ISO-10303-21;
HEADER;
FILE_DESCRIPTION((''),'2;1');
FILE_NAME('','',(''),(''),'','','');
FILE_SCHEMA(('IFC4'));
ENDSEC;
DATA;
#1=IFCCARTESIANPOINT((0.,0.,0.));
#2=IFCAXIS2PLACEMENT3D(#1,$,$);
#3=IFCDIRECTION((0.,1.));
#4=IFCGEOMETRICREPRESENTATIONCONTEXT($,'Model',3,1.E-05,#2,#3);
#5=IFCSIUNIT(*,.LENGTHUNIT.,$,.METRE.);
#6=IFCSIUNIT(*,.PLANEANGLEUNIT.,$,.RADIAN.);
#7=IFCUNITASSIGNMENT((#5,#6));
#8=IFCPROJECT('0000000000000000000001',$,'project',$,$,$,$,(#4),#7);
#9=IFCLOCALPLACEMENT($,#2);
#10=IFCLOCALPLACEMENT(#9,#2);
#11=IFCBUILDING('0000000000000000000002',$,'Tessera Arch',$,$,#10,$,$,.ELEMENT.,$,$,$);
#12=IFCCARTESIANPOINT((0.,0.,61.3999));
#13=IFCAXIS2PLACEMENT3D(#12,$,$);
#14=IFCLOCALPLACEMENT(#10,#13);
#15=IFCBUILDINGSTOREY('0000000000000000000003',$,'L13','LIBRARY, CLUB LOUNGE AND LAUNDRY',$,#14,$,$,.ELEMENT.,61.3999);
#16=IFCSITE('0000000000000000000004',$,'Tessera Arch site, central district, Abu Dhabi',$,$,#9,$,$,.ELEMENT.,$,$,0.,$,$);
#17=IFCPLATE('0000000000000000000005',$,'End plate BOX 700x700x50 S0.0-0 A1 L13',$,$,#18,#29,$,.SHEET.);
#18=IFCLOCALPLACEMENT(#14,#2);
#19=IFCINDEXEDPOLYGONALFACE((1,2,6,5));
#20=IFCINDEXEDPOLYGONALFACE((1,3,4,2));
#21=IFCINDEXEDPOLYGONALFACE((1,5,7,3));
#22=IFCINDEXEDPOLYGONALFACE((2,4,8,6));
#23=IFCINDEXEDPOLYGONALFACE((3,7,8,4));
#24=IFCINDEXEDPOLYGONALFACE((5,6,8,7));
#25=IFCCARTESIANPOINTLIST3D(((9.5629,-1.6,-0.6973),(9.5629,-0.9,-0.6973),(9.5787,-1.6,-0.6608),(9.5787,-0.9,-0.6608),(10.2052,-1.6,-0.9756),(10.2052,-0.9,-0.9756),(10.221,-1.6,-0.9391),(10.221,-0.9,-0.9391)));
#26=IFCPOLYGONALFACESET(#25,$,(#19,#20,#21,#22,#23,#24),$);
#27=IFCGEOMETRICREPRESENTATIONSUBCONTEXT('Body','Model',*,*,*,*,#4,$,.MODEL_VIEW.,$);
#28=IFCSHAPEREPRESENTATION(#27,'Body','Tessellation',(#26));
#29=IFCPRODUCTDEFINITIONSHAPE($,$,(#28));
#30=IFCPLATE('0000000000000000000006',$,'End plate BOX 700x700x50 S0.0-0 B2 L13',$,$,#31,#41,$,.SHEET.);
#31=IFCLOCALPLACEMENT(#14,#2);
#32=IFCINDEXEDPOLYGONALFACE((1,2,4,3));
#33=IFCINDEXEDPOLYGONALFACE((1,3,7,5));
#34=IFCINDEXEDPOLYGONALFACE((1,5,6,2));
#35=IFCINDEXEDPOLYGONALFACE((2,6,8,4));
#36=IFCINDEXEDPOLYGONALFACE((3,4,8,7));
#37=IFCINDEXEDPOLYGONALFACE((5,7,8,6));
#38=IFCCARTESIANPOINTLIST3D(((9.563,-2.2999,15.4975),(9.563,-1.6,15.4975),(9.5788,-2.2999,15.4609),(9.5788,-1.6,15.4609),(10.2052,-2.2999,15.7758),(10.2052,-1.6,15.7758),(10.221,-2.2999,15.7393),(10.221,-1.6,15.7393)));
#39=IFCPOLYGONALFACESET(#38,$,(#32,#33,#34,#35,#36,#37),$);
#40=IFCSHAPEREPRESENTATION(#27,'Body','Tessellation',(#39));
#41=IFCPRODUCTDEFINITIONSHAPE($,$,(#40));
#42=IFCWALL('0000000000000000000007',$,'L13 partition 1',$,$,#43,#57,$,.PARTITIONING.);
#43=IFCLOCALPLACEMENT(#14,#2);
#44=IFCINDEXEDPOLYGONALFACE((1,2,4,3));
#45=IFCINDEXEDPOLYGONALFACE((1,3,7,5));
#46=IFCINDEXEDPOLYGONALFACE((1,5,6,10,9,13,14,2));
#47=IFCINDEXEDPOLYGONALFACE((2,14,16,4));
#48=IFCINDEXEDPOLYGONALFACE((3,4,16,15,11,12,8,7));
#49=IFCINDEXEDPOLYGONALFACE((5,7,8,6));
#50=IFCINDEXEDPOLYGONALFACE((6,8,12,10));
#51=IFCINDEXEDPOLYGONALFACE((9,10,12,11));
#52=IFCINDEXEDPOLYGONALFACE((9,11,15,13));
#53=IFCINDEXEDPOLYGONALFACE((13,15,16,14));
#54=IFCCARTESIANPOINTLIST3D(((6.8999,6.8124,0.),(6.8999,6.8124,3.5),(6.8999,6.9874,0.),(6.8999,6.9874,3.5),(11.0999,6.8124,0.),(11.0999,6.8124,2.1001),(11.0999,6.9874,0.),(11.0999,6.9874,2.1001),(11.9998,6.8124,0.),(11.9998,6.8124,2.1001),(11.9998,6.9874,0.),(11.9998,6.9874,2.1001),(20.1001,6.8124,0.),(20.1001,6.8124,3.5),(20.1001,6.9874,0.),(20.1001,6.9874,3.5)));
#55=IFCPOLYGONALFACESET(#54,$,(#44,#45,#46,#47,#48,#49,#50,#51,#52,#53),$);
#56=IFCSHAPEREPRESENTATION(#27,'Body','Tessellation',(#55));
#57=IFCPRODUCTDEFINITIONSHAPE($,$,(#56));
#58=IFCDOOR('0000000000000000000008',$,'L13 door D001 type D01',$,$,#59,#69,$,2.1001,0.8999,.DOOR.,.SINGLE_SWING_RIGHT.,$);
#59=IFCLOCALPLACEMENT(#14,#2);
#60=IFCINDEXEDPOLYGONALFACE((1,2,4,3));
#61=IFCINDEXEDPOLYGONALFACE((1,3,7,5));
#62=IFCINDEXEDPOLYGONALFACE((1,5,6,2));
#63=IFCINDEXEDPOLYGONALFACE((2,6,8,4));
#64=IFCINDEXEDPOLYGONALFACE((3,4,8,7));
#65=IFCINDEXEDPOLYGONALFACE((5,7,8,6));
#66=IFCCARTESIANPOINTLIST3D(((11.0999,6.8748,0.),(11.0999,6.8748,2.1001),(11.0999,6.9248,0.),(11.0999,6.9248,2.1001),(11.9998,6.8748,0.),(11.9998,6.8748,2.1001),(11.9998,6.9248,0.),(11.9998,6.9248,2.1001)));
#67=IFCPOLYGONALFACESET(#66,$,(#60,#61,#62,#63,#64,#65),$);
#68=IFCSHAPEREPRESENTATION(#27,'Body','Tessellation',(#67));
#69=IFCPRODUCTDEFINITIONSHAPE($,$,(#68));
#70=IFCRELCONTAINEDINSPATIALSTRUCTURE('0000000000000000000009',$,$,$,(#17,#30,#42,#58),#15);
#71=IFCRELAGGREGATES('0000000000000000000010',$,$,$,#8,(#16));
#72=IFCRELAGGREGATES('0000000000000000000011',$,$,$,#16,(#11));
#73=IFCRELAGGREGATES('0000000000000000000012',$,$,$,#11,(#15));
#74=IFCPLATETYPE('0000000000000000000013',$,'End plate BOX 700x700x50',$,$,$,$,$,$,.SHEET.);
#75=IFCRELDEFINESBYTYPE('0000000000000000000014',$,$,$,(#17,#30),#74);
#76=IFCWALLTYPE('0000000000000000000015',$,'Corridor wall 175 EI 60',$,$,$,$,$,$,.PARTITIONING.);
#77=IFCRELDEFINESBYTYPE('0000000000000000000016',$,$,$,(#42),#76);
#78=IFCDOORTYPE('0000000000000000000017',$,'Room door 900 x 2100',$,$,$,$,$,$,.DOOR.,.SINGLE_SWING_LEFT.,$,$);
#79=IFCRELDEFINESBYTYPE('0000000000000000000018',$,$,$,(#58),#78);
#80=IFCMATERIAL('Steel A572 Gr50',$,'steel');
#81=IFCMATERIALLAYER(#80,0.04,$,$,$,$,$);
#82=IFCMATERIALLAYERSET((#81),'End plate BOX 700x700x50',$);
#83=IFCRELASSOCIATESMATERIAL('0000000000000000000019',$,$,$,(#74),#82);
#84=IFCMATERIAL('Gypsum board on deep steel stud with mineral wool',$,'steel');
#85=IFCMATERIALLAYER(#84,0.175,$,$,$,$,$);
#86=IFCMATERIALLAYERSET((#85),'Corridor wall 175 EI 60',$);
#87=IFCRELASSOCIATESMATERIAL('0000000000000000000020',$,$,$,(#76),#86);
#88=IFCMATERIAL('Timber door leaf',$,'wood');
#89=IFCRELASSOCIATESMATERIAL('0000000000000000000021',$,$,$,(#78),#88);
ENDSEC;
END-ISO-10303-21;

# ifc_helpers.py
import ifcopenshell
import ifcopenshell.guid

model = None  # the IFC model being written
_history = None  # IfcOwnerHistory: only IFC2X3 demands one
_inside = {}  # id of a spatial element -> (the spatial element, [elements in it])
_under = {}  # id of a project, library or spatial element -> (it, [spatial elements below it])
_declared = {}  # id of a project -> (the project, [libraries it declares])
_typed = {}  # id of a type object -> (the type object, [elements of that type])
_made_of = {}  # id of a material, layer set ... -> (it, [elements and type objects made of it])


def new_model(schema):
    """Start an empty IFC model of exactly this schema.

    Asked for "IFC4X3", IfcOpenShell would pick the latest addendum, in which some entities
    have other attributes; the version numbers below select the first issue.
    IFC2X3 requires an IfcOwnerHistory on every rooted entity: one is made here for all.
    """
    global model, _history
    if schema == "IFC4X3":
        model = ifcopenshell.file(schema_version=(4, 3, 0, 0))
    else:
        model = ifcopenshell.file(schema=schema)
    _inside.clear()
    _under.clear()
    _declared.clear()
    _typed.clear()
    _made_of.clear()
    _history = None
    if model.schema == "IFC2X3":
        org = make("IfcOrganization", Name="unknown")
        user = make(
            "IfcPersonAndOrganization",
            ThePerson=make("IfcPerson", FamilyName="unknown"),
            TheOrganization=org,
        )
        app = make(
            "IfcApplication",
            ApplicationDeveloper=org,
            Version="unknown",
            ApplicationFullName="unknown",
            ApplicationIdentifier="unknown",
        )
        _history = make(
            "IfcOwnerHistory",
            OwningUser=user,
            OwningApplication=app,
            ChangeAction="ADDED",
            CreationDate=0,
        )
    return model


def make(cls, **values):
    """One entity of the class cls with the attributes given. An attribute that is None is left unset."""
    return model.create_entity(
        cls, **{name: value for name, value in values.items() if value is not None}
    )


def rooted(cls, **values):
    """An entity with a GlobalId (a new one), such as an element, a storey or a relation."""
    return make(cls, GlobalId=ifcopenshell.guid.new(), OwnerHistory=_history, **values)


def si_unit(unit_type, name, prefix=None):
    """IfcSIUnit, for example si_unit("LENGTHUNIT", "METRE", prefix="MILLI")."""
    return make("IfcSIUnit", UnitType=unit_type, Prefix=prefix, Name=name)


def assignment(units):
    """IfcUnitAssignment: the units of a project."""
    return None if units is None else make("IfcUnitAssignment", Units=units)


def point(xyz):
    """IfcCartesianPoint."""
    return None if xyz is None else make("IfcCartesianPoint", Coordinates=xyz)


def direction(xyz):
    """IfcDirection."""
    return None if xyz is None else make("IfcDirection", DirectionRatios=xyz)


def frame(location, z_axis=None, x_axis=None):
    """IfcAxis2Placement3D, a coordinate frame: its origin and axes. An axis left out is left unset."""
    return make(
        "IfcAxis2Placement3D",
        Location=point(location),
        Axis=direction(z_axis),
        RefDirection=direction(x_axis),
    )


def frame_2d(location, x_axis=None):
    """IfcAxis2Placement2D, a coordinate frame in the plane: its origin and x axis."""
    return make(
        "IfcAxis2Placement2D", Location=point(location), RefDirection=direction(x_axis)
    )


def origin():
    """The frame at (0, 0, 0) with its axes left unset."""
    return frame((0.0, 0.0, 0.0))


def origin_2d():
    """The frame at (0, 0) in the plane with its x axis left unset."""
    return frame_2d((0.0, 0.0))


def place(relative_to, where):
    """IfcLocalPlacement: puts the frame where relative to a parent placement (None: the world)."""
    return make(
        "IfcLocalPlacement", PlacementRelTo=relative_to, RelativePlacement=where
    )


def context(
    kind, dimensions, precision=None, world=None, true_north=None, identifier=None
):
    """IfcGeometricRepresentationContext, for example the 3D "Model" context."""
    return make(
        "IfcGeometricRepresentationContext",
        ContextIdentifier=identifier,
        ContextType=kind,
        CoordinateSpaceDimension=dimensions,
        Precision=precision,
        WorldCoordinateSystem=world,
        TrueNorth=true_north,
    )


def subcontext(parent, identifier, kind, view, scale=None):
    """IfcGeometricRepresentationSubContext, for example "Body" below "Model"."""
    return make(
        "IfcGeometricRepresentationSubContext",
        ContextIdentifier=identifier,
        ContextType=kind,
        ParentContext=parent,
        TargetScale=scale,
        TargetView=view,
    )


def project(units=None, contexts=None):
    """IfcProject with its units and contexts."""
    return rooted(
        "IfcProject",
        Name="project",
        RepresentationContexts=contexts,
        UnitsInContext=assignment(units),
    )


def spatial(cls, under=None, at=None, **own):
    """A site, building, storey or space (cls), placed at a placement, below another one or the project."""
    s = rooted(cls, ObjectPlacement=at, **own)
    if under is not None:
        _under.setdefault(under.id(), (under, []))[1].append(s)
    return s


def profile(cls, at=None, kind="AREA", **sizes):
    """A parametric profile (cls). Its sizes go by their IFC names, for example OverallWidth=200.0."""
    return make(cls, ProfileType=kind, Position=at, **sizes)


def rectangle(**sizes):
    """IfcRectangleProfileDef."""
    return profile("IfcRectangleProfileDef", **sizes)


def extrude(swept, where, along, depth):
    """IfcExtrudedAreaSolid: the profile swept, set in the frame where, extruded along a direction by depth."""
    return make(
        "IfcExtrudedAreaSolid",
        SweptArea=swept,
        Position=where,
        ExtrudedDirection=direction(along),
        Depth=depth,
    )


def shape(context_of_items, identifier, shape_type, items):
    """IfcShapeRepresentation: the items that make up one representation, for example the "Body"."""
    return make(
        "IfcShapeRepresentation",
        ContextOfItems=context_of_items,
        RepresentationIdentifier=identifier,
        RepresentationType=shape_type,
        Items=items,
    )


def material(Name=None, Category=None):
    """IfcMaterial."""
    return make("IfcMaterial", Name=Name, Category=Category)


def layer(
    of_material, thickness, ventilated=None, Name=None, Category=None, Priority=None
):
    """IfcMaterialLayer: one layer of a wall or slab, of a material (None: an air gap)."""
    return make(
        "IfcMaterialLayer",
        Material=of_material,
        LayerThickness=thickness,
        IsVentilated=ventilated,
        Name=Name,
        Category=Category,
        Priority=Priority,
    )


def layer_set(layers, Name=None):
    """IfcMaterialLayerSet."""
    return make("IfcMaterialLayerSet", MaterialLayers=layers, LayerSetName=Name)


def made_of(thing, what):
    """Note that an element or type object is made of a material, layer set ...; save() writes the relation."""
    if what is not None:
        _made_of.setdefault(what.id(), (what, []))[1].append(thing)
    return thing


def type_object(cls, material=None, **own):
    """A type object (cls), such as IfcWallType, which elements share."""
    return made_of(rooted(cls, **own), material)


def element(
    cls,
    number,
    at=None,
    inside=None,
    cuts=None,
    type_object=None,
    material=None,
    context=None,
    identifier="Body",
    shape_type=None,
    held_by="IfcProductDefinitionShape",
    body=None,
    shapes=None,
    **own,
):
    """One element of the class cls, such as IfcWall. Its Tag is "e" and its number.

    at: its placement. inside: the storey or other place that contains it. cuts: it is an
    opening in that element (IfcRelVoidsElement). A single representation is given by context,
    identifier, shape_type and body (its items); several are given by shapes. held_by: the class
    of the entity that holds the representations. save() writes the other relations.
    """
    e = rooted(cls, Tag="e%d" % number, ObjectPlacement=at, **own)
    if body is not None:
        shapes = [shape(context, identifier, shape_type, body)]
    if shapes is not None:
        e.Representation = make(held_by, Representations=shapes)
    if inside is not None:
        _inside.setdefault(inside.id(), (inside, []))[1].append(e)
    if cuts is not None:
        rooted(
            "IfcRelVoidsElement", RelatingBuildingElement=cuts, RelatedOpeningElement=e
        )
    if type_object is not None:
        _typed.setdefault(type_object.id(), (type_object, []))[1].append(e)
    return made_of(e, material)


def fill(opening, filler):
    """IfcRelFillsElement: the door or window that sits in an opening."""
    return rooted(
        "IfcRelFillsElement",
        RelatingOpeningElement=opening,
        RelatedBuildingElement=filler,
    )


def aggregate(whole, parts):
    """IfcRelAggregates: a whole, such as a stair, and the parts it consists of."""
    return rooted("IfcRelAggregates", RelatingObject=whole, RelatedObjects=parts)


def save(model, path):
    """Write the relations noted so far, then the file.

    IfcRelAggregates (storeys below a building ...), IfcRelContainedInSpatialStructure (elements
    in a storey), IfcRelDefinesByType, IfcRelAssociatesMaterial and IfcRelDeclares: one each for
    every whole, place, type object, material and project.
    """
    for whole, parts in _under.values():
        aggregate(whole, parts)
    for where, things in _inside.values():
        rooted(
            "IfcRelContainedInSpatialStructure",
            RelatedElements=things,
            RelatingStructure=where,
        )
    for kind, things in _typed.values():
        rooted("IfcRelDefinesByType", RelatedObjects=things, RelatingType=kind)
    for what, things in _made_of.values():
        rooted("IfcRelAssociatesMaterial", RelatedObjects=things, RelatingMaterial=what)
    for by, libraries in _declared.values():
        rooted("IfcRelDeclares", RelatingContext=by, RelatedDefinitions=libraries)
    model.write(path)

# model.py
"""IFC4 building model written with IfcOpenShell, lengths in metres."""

from ifc_helpers import new_model, si_unit, direction, frame, frame_2d, origin, origin_2d, place, context, subcontext, project, spatial, rectangle, extrude, material, layer, layer_set, type_object, element, fill, save


model = new_model("IFC4")

# Units and contexts
model_context = context("Model", 3, precision=1e-05, world=origin(), true_north=direction((0.0, 1.0)))
body_context = subcontext(model_context, "Body", "Model", "MODEL_VIEW")
ifc_project = project(units=[si_unit("LENGTHUNIT", "METRE"), si_unit("PLANEANGLEUNIT", "RADIAN")], contexts=[model_context])

# Site, building, storey
site_placement = place(None, origin())
site = spatial("IfcSite", under=ifc_project, at=site_placement, Name="Tessera Arch site, central district, Abu Dhabi", CompositionType="ELEMENT", RefElevation=0.0)
building_placement = place(site_placement, origin())
building = spatial("IfcBuilding", under=site, at=building_placement, Name="Tessera Arch", CompositionType="ELEMENT")
storey_placement = place(building_placement, frame((0.0, 0.0, 61.3999)))
storey = spatial("IfcBuildingStorey", under=building, at=storey_placement, Name="L13", Description="LIBRARY, CLUB LOUNGE AND LAUNDRY", CompositionType="ELEMENT", Elevation=61.3999)

# Plates
ifc_material_1 = material(Name="Steel A572 Gr50", Category="steel")
ifc_layer_1 = layer(ifc_material_1, 0.04)
ifc_layer_set_1 = layer_set([ifc_layer_1], Name="End plate BOX 700x700x50")
plate_type_1 = type_object("IfcPlateType", Name="End plate BOX 700x700x50", PredefinedType="SHEET", material=ifc_layer_set_1)
for number, where, z_axis, x_axis, name in (
    (1, (9.884, -1.25, -0.8364), (0.397607, 0.0, 0.917556), (0.0, 1.0, 0.0), "End plate BOX 700x700x50 S0.0-0 A1 L13"),
    (2, (9.8999, -1.95, 15.6001), (-0.397607, 0.0, 0.917556), (0.0, -1.0, 0.0), "End plate BOX 700x700x50 S0.0-0 B2 L13"),
):
    element("IfcPlate", number, at=place(storey_placement, frame(where, z_axis=z_axis, x_axis=x_axis)), inside=storey, type_object=plate_type_1, Name=name, PredefinedType="SHEET", context=body_context, shape_type="SweptSolid", body=[
        extrude(rectangle(XDim=0.7, YDim=0.7, at=origin_2d()), origin(), (0.0, 0.0, 1.0), 0.0398),
    ])

# Wall, opening, door
ifc_material_2 = material(Name="Gypsum board on deep steel stud with mineral wool", Category="steel")
ifc_layer_2 = layer(ifc_material_2, 0.175)
ifc_layer_set_2 = layer_set([ifc_layer_2], Name="Corridor wall 175 EI 60")
wall_type = type_object("IfcWallType", Name="Corridor wall 175 EI 60", PredefinedType="PARTITIONING", material=ifc_layer_set_2)
wall_placement = place(storey_placement, frame((6.8999, 6.8999, 0.0), z_axis=(0.0, 0.0, 1.0), x_axis=(1.0, 0.0, 0.0)))
wall = element("IfcWall", 3, at=wall_placement, inside=storey, type_object=wall_type, Name="L13 partition 1", PredefinedType="PARTITIONING", context=body_context, shape_type="SweptSolid", body=[
    extrude(rectangle(XDim=13.2002, YDim=0.175, at=frame_2d((6.6001, 0.0))), origin(), (0.0, 0.0, 1.0), 3.5),
])
opening_placement = place(wall_placement, frame((4.2, 0.0, 0.0)))
opening = element("IfcOpeningElement", 4, at=opening_placement, cuts=wall, PredefinedType="OPENING", context=body_context, shape_type="SweptSolid", body=[
    extrude(rectangle(XDim=0.8999, YDim=2.1001, at=frame_2d((0.45, 1.05))), frame((0.0, 0.0974, 0.0), z_axis=(0.0, -1.0, 0.0), x_axis=(1.0, 0.0, 0.0)), (0.0, 0.0, 1.0), 0.1951),
])
ifc_material_3 = material(Name="Timber door leaf", Category="wood")
door_type = type_object("IfcDoorType", Name="Room door 900 x 2100", OperationType="SINGLE_SWING_LEFT", PredefinedType="DOOR", material=ifc_material_3)
door_placement = place(opening_placement, origin())
door = element("IfcDoor", 5, at=door_placement, inside=storey, type_object=door_type, Name="L13 door D001 type D01", OperationType="SINGLE_SWING_RIGHT", OverallHeight=2.1001, OverallWidth=0.8999, PredefinedType="DOOR", context=body_context, shape_type="SweptSolid", body=[
    extrude(rectangle(XDim=0.8999, YDim=2.1001, at=frame_2d((0.45, 1.05))), frame((0.0, 0.0249, 0.0), z_axis=(0.0, -1.0, 0.0), x_axis=(1.0, 0.0, 0.0)), (0.0, 0.0, 1.0), 0.05),
])
fill(opening, door)

save(model, "model.ifc")
